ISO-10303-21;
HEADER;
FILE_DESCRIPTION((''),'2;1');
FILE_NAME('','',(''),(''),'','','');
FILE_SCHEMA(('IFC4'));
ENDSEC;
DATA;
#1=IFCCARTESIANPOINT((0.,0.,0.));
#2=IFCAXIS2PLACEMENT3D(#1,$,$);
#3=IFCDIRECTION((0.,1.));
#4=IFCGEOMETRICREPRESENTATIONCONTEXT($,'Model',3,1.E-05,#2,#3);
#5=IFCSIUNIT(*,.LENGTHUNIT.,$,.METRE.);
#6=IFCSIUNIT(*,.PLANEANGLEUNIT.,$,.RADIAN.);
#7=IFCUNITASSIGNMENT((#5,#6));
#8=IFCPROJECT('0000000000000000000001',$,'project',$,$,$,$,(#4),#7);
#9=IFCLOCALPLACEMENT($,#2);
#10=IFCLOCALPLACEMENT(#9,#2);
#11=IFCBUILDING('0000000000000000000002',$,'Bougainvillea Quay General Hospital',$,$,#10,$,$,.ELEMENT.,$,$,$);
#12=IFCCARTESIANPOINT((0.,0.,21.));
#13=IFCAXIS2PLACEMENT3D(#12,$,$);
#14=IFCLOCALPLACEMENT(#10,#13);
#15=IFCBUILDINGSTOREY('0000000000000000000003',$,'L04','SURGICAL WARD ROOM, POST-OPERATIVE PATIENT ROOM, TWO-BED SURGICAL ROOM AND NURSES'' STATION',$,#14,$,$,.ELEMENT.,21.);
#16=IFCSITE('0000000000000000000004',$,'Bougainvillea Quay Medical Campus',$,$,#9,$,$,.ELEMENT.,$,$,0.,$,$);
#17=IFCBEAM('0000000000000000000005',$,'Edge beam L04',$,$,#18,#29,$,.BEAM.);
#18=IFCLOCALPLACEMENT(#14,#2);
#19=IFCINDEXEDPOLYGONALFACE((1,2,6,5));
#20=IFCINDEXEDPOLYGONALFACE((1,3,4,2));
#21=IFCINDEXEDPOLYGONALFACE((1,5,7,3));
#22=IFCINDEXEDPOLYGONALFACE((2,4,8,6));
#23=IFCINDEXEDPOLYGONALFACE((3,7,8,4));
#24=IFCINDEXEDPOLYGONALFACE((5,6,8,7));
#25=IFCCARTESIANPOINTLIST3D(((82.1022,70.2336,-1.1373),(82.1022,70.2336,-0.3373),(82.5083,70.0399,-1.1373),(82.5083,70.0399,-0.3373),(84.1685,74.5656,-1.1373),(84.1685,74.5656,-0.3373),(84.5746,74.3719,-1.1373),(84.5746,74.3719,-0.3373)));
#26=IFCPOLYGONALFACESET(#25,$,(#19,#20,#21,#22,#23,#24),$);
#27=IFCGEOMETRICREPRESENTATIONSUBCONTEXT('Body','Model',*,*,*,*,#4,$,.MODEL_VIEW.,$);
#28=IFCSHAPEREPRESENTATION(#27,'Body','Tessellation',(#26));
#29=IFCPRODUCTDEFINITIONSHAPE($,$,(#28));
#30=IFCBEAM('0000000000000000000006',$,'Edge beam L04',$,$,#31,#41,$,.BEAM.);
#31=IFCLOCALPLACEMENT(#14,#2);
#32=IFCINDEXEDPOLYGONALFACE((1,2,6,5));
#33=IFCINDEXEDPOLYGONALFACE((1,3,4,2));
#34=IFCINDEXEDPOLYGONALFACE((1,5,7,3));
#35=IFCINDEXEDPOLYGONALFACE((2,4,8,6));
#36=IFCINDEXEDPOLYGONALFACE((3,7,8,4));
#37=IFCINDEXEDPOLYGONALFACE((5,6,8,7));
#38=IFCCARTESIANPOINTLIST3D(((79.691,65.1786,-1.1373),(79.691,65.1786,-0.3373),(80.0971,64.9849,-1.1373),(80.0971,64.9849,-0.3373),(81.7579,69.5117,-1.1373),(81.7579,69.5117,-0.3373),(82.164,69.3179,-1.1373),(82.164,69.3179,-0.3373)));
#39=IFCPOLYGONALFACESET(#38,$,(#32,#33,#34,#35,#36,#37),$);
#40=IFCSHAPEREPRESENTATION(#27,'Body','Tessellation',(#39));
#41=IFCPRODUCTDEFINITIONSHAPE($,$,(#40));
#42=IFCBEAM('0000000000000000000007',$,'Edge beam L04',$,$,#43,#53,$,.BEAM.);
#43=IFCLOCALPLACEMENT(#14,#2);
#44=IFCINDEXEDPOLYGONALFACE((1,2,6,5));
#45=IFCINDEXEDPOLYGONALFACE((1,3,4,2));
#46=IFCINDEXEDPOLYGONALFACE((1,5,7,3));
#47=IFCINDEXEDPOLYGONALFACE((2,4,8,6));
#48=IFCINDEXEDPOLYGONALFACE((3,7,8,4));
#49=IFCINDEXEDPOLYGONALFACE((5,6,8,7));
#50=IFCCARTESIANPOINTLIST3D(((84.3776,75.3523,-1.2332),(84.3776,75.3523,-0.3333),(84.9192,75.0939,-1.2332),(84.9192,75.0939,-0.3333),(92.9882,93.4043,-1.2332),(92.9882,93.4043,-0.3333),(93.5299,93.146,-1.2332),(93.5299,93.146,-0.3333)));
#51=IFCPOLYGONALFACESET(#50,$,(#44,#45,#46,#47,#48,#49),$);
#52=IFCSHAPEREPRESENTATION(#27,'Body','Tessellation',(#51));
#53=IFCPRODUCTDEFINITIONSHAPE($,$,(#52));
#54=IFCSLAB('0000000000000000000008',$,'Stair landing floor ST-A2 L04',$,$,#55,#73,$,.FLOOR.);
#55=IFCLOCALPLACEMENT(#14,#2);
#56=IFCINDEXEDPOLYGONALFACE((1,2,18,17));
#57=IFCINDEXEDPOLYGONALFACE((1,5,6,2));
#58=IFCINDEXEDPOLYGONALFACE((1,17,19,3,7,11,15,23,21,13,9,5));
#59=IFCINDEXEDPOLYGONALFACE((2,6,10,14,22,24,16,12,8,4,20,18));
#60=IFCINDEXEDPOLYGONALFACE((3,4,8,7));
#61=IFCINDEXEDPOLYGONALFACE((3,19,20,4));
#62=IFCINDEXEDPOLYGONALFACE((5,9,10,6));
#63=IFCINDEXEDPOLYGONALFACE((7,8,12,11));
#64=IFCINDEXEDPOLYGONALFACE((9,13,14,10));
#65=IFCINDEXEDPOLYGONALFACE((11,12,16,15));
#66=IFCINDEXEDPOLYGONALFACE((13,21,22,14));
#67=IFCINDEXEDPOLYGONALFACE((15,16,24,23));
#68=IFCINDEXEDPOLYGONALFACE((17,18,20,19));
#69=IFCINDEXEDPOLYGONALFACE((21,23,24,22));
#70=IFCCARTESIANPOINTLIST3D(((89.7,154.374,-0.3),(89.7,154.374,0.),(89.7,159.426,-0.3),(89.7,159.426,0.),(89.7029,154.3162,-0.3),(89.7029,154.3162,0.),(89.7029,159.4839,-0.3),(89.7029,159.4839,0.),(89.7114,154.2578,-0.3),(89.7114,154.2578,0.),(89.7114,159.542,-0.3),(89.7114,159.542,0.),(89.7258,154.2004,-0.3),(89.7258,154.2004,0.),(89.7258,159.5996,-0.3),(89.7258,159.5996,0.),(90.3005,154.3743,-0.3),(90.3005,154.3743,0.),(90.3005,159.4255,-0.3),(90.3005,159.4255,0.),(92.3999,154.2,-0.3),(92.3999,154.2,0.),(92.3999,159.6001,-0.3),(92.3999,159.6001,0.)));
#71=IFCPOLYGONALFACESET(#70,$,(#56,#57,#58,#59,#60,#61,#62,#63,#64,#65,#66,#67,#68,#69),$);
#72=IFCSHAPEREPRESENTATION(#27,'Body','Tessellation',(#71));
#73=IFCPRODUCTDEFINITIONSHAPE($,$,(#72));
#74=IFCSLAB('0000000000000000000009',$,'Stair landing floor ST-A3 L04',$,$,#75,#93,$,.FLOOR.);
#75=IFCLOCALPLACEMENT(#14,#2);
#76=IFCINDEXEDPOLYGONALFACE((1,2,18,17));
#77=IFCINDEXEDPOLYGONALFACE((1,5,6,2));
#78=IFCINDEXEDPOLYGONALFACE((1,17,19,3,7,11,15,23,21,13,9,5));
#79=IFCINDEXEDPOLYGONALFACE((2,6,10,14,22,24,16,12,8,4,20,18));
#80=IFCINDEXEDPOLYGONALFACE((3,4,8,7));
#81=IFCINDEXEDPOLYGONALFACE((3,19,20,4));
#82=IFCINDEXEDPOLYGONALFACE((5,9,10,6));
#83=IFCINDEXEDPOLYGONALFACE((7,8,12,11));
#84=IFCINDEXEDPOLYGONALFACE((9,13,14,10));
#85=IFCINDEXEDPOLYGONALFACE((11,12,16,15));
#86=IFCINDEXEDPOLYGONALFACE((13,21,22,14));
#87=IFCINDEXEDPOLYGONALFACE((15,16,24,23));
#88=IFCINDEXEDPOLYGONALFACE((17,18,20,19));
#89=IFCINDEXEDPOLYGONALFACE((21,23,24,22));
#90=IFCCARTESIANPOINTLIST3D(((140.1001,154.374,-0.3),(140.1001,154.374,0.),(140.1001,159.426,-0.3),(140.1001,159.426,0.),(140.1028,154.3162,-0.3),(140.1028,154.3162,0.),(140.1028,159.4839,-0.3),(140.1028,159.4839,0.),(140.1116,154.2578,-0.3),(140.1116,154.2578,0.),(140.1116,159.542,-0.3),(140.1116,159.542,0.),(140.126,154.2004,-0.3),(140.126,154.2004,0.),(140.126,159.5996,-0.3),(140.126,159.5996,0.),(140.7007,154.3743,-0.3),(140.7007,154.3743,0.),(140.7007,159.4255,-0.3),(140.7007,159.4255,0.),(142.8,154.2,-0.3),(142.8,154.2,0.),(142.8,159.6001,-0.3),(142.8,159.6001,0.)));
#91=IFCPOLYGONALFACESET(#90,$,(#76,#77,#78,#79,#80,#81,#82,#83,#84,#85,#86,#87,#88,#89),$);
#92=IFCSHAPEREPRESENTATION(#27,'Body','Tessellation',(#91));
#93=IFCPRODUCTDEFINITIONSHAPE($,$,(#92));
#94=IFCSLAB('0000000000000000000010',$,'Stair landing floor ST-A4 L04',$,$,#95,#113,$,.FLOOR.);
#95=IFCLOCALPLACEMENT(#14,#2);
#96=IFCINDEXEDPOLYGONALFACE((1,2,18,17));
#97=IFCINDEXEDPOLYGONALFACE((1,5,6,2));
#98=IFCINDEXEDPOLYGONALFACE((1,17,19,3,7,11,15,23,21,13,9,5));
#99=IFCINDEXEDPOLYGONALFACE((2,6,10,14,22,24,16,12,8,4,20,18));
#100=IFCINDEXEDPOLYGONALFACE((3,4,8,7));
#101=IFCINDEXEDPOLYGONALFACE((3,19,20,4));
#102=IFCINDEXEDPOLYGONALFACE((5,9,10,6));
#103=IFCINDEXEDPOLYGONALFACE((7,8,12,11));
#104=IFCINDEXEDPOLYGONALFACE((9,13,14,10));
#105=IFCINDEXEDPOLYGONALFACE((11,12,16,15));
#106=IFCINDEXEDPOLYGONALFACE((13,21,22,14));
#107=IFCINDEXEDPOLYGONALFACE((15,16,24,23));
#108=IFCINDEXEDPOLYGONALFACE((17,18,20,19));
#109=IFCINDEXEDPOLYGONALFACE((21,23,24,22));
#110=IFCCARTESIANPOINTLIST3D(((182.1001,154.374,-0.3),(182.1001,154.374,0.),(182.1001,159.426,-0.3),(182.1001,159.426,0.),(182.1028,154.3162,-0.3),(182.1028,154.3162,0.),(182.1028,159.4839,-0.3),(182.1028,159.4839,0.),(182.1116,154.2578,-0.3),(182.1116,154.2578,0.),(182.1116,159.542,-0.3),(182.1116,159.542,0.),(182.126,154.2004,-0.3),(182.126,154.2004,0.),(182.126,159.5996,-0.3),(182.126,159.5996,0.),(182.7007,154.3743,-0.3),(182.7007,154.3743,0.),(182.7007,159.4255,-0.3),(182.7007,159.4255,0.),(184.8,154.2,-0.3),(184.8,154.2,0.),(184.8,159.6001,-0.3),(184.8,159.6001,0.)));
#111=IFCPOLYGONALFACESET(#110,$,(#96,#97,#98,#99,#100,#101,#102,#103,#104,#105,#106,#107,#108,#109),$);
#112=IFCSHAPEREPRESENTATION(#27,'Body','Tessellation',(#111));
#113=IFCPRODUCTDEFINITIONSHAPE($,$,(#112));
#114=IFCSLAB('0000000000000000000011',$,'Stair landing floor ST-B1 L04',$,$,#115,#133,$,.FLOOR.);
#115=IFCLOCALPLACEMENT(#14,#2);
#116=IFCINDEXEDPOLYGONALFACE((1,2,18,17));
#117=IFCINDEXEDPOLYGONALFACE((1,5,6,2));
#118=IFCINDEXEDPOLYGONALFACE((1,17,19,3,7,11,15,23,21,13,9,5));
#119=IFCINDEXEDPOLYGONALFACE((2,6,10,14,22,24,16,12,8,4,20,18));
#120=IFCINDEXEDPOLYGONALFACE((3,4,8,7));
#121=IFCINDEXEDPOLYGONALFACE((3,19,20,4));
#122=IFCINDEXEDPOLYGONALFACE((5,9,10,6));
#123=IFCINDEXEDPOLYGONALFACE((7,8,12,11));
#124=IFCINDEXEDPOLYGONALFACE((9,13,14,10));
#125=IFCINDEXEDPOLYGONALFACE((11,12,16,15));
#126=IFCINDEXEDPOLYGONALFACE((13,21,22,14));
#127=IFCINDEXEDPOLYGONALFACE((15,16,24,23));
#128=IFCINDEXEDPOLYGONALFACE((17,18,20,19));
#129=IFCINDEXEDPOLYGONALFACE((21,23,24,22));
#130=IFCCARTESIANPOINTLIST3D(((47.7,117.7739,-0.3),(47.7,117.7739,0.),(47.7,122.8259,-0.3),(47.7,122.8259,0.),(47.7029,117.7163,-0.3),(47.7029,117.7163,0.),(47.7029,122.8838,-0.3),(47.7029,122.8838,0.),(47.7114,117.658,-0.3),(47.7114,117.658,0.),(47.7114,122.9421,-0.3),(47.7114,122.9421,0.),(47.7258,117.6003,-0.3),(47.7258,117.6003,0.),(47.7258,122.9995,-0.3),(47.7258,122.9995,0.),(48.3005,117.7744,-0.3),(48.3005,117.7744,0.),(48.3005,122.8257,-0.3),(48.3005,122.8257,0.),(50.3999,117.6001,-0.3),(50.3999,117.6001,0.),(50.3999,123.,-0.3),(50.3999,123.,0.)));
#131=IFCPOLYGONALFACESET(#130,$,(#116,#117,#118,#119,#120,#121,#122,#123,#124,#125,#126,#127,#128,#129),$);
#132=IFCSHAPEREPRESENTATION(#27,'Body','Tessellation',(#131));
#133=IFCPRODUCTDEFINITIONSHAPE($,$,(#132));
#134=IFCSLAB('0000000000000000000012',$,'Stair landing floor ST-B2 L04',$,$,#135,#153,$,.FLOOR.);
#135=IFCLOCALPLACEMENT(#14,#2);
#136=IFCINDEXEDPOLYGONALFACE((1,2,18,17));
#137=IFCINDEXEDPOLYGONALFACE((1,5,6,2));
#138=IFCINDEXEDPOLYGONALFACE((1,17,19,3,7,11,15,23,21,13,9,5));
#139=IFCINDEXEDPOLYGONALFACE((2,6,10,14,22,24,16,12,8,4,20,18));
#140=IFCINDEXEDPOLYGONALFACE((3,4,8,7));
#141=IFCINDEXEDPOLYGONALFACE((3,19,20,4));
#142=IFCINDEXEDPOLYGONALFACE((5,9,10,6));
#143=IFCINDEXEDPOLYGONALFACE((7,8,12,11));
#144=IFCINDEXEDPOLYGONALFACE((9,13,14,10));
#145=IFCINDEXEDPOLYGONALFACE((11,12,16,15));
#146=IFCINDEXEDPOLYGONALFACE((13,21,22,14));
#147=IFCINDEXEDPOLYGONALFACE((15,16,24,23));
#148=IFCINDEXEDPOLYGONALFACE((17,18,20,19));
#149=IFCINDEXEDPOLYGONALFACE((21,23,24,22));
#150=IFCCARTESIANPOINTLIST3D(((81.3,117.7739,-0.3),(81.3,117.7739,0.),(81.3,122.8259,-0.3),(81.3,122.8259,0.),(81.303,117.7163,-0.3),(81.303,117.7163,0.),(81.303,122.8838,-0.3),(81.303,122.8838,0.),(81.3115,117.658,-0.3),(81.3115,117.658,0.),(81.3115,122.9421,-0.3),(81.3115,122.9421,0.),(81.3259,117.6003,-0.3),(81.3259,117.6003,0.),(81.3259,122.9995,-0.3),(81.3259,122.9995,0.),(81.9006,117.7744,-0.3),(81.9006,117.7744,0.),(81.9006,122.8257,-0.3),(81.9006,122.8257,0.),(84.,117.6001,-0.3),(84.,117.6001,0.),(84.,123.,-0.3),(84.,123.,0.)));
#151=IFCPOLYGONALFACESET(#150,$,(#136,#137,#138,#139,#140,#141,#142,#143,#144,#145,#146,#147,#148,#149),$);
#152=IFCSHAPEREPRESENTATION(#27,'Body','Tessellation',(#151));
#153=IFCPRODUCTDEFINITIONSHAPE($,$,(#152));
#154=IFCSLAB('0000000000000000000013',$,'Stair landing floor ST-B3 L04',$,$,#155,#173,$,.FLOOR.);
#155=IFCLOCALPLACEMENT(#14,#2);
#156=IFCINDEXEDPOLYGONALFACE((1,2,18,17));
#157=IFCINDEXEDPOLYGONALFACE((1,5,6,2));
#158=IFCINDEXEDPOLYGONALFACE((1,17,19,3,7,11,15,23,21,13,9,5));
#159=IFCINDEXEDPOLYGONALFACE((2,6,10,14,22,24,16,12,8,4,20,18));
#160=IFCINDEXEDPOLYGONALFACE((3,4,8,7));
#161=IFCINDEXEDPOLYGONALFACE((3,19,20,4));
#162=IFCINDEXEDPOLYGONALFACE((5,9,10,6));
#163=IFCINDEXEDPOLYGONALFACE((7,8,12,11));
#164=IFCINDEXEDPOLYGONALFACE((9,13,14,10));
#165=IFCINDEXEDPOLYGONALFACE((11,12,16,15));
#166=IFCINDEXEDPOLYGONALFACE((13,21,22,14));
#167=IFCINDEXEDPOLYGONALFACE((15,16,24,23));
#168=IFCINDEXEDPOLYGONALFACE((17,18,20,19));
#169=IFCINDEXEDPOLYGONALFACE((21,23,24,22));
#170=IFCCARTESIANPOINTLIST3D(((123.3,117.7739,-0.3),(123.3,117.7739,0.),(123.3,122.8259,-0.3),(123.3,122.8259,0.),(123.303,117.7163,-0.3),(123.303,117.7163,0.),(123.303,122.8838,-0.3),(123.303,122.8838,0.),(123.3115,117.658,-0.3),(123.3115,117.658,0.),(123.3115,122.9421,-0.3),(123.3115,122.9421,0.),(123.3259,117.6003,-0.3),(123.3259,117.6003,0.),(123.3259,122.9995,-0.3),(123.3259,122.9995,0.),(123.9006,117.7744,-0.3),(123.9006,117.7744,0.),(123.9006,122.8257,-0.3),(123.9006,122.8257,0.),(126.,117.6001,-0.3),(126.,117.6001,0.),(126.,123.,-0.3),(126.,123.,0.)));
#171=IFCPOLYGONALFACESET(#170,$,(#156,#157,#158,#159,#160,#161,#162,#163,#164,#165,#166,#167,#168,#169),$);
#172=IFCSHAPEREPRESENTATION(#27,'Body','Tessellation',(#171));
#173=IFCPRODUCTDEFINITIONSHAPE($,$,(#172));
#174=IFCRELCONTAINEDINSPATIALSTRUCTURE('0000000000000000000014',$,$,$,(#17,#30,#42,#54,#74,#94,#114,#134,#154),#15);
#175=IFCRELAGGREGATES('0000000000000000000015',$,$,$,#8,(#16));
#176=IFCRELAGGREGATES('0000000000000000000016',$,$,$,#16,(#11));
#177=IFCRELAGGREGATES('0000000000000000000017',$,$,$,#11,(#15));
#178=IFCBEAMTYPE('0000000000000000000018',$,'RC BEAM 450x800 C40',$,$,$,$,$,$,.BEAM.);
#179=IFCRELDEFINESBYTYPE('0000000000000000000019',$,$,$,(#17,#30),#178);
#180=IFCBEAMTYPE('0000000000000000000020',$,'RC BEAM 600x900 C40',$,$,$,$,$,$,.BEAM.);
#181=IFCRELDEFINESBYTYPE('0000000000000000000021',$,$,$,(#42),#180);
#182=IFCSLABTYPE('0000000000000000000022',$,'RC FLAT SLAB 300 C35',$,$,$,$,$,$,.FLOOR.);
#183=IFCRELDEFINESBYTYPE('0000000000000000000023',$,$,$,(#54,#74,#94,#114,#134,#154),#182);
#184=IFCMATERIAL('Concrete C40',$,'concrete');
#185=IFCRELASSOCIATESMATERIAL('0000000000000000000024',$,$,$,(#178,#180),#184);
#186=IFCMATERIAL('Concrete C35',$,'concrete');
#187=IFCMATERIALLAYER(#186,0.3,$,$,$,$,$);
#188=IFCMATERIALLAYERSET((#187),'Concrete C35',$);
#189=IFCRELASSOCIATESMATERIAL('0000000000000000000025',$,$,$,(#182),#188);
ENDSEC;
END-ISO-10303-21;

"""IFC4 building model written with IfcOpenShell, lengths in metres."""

from ifc_helpers import new_model, si_unit, direction, frame, origin, origin_2d, place, context, subcontext, project, spatial, polyline, rectangle, outline, extrude, material, layer, layer_set, material_profile, profile_set, type_object, element, save


model = new_model("IFC4")

# Units and contexts
model_context = context("Model", 3, precision=1e-05, world=origin(), true_north=direction((0.0, 1.0)))
body_context = subcontext(model_context, "Body", "Model", "MODEL_VIEW")
ifc_project = project(units=[si_unit("LENGTHUNIT", "METRE"), si_unit("PLANEANGLEUNIT", "RADIAN")], contexts=[model_context])

# Site, building, storey
site_placement = place(None, origin())
site = spatial("IfcSite", under=ifc_project, at=site_placement, Name="Bougainvillea Quay Medical Campus", CompositionType="ELEMENT", RefElevation=0.0)
building_placement = place(site_placement, origin())
building = spatial("IfcBuilding", under=site, at=building_placement, Name="Bougainvillea Quay General Hospital", CompositionType="ELEMENT")
storey_placement = place(building_placement, frame((0.0, 0.0, 21.0)))
storey = spatial("IfcBuildingStorey", under=building, at=storey_placement, Name="L04", Description="SURGICAL WARD ROOM, POST-OPERATIVE PATIENT ROOM, TWO-BED SURGICAL ROOM AND NURSES' STATION", CompositionType="ELEMENT", Elevation=21.0)

# Beams
ifc_material_1 = material(Name="Concrete C40", Category="concrete")
ifc_material_profile_1 = material_profile(ifc_material_1, rectangle(XDim=0.45, YDim=0.8, at=origin_2d()))
ifc_profile_set_1 = profile_set([ifc_material_profile_1], Name="Concrete C40")
beam_type_1 = type_object("IfcBeamType", Name="RC BEAM 450x800 C40", PredefinedType="BEAM", material=ifc_profile_set_1)
beam_1_placement = place(storey_placement, frame((84.3716, 74.4688, -0.7373), z_axis=(-0.430534, -0.902574, 0.0), x_axis=(0.902574, -0.430534, 0.0)))
element("IfcBeam", 1, at=beam_1_placement, inside=storey, type_object=beam_type_1, Name="Edge beam L04", PredefinedType="BEAM", context=body_context, shape_type="SweptSolid", body=[
    extrude(rectangle(XDim=0.45, YDim=0.8, at=origin_2d()), origin(), (0.0, 0.0, 1.0), 4.7996),
])
beam_2_placement = place(storey_placement, frame((81.9609, 69.4148, -0.7373), z_axis=(-0.430538, -0.902573, 0.0), x_axis=(0.902573, -0.430538, 0.0)))
element("IfcBeam", 2, at=beam_2_placement, inside=storey, type_object=beam_type_1, Name="Edge beam L04", PredefinedType="BEAM", context=body_context, shape_type="SweptSolid", body=[
    extrude(rectangle(XDim=0.45, YDim=0.8, at=origin_2d()), origin(), (0.0, 0.0, 1.0), 4.8008),
])
ifc_material_profile_2 = material_profile(ifc_material_1, rectangle(XDim=0.6001, YDim=0.8999, at=origin_2d()))
ifc_profile_set_2 = profile_set([ifc_material_profile_2], Name="Concrete C40")
beam_type_2 = type_object("IfcBeamType", Name="RC BEAM 600x900 C40", PredefinedType="BEAM", material=ifc_profile_set_2)
beam_3_placement = place(storey_placement, frame((93.259, 93.2751, -0.7832), z_axis=(-0.430521, -0.902581, 0.0), x_axis=(0.902581, -0.430521, 0.0)))
element("IfcBeam", 3, at=beam_3_placement, inside=storey, type_object=beam_type_2, Name="Edge beam L04", PredefinedType="BEAM", context=body_context, shape_type="SweptSolid", body=[
    extrude(rectangle(XDim=0.6001, YDim=0.8999, at=origin_2d()), origin(), (0.0, 0.0, 1.0), 20.0005),
])

# Slabs
ifc_material_2 = material(Name="Concrete C35", Category="concrete")
ifc_layer_1 = layer(ifc_material_2, 0.3)
ifc_layer_set_1 = layer_set([ifc_layer_1], Name="Concrete C35")
slab_type_1 = type_object("IfcSlabType", Name="RC FLAT SLAB 300 C35", PredefinedType="FLOOR", material=ifc_layer_set_1)
slab_1_placement = place(storey_placement, frame((0.0, 0.0, -0.3)))
element("IfcSlab", 4, at=slab_1_placement, inside=storey, type_object=slab_type_1, Name="Stair landing floor ST-A2 L04", PredefinedType="FLOOR", context=body_context, shape_type="SweptSolid", body=[
    extrude(outline(polyline([(89.7029, 159.4839), (89.7114, 159.542), (89.7258, 159.5996), (92.3999, 159.6001), (92.3999, 154.2), (89.7258, 154.2004), (89.7114, 154.2578), (89.7029, 154.3162), (89.7, 154.374), (90.3005, 154.3743), (90.3005, 159.4255), (89.7, 159.426), (89.7029, 159.4839)])), origin(), (0.0, 0.0, 1.0), 0.3),
])
slab_2_placement = place(storey_placement, frame((0.0, 0.0, -0.3)))
element("IfcSlab", 5, at=slab_2_placement, inside=storey, type_object=slab_type_1, Name="Stair landing floor ST-A3 L04", PredefinedType="FLOOR", context=body_context, shape_type="SweptSolid", body=[
    extrude(outline(polyline([(140.1028, 159.4839), (140.1116, 159.542), (140.126, 159.5996), (142.8, 159.6001), (142.8, 154.2), (140.126, 154.2004), (140.1116, 154.2578), (140.1028, 154.3162), (140.1001, 154.374), (140.7007, 154.3743), (140.7007, 159.4255), (140.1001, 159.426), (140.1028, 159.4839)])), origin(), (0.0, 0.0, 1.0), 0.3),
])
slab_3_placement = place(storey_placement, frame((0.0, 0.0, -0.3)))
element("IfcSlab", 6, at=slab_3_placement, inside=storey, type_object=slab_type_1, Name="Stair landing floor ST-A4 L04", PredefinedType="FLOOR", context=body_context, shape_type="SweptSolid", body=[
    extrude(outline(polyline([(182.1028, 159.4839), (182.1116, 159.542), (182.126, 159.5996), (184.8, 159.6001), (184.8, 154.2), (182.126, 154.2004), (182.1116, 154.2578), (182.1028, 154.3162), (182.1001, 154.374), (182.7007, 154.3743), (182.7007, 159.4255), (182.1001, 159.426), (182.1028, 159.4839)])), origin(), (0.0, 0.0, 1.0), 0.3),
])
slab_4_placement = place(storey_placement, frame((0.0, 0.0, -0.3)))
element("IfcSlab", 7, at=slab_4_placement, inside=storey, type_object=slab_type_1, Name="Stair landing floor ST-B1 L04", PredefinedType="FLOOR", context=body_context, shape_type="SweptSolid", body=[
    extrude(outline(polyline([(47.7029, 122.8838), (47.7114, 122.9421), (47.7258, 122.9995), (50.3999, 123.0), (50.3999, 117.6001), (47.7258, 117.6003), (47.7114, 117.658), (47.7029, 117.7163), (47.7, 117.7739), (48.3005, 117.7744), (48.3005, 122.8257), (47.7, 122.8259), (47.7029, 122.8838)])), origin(), (0.0, 0.0, 1.0), 0.3),
])
slab_5_placement = place(storey_placement, frame((0.0, 0.0, -0.3)))
element("IfcSlab", 8, at=slab_5_placement, inside=storey, type_object=slab_type_1, Name="Stair landing floor ST-B2 L04", PredefinedType="FLOOR", context=body_context, shape_type="SweptSolid", body=[
    extrude(outline(polyline([(81.303, 122.8838), (81.3115, 122.9421), (81.3259, 122.9995), (84.0, 123.0), (84.0, 117.6001), (81.3259, 117.6003), (81.3115, 117.658), (81.303, 117.7163), (81.3, 117.7739), (81.9006, 117.7744), (81.9006, 122.8257), (81.3, 122.8259), (81.303, 122.8838)])), origin(), (0.0, 0.0, 1.0), 0.3),
])
slab_6_placement = place(storey_placement, frame((0.0, 0.0, -0.3)))
element("IfcSlab", 9, at=slab_6_placement, inside=storey, type_object=slab_type_1, Name="Stair landing floor ST-B3 L04", PredefinedType="FLOOR", context=body_context, shape_type="SweptSolid", body=[
    extrude(outline(polyline([(123.303, 122.8838), (123.3115, 122.9421), (123.3259, 122.9995), (126.0, 123.0), (126.0, 117.6001), (123.3259, 117.6003), (123.3115, 117.658), (123.303, 117.7163), (123.3, 117.7739), (123.9006, 117.7744), (123.9006, 122.8257), (123.3, 122.8259), (123.303, 122.8838)])), origin(), (0.0, 0.0, 1.0), 0.3),
])

save(model, "model.ifc")
